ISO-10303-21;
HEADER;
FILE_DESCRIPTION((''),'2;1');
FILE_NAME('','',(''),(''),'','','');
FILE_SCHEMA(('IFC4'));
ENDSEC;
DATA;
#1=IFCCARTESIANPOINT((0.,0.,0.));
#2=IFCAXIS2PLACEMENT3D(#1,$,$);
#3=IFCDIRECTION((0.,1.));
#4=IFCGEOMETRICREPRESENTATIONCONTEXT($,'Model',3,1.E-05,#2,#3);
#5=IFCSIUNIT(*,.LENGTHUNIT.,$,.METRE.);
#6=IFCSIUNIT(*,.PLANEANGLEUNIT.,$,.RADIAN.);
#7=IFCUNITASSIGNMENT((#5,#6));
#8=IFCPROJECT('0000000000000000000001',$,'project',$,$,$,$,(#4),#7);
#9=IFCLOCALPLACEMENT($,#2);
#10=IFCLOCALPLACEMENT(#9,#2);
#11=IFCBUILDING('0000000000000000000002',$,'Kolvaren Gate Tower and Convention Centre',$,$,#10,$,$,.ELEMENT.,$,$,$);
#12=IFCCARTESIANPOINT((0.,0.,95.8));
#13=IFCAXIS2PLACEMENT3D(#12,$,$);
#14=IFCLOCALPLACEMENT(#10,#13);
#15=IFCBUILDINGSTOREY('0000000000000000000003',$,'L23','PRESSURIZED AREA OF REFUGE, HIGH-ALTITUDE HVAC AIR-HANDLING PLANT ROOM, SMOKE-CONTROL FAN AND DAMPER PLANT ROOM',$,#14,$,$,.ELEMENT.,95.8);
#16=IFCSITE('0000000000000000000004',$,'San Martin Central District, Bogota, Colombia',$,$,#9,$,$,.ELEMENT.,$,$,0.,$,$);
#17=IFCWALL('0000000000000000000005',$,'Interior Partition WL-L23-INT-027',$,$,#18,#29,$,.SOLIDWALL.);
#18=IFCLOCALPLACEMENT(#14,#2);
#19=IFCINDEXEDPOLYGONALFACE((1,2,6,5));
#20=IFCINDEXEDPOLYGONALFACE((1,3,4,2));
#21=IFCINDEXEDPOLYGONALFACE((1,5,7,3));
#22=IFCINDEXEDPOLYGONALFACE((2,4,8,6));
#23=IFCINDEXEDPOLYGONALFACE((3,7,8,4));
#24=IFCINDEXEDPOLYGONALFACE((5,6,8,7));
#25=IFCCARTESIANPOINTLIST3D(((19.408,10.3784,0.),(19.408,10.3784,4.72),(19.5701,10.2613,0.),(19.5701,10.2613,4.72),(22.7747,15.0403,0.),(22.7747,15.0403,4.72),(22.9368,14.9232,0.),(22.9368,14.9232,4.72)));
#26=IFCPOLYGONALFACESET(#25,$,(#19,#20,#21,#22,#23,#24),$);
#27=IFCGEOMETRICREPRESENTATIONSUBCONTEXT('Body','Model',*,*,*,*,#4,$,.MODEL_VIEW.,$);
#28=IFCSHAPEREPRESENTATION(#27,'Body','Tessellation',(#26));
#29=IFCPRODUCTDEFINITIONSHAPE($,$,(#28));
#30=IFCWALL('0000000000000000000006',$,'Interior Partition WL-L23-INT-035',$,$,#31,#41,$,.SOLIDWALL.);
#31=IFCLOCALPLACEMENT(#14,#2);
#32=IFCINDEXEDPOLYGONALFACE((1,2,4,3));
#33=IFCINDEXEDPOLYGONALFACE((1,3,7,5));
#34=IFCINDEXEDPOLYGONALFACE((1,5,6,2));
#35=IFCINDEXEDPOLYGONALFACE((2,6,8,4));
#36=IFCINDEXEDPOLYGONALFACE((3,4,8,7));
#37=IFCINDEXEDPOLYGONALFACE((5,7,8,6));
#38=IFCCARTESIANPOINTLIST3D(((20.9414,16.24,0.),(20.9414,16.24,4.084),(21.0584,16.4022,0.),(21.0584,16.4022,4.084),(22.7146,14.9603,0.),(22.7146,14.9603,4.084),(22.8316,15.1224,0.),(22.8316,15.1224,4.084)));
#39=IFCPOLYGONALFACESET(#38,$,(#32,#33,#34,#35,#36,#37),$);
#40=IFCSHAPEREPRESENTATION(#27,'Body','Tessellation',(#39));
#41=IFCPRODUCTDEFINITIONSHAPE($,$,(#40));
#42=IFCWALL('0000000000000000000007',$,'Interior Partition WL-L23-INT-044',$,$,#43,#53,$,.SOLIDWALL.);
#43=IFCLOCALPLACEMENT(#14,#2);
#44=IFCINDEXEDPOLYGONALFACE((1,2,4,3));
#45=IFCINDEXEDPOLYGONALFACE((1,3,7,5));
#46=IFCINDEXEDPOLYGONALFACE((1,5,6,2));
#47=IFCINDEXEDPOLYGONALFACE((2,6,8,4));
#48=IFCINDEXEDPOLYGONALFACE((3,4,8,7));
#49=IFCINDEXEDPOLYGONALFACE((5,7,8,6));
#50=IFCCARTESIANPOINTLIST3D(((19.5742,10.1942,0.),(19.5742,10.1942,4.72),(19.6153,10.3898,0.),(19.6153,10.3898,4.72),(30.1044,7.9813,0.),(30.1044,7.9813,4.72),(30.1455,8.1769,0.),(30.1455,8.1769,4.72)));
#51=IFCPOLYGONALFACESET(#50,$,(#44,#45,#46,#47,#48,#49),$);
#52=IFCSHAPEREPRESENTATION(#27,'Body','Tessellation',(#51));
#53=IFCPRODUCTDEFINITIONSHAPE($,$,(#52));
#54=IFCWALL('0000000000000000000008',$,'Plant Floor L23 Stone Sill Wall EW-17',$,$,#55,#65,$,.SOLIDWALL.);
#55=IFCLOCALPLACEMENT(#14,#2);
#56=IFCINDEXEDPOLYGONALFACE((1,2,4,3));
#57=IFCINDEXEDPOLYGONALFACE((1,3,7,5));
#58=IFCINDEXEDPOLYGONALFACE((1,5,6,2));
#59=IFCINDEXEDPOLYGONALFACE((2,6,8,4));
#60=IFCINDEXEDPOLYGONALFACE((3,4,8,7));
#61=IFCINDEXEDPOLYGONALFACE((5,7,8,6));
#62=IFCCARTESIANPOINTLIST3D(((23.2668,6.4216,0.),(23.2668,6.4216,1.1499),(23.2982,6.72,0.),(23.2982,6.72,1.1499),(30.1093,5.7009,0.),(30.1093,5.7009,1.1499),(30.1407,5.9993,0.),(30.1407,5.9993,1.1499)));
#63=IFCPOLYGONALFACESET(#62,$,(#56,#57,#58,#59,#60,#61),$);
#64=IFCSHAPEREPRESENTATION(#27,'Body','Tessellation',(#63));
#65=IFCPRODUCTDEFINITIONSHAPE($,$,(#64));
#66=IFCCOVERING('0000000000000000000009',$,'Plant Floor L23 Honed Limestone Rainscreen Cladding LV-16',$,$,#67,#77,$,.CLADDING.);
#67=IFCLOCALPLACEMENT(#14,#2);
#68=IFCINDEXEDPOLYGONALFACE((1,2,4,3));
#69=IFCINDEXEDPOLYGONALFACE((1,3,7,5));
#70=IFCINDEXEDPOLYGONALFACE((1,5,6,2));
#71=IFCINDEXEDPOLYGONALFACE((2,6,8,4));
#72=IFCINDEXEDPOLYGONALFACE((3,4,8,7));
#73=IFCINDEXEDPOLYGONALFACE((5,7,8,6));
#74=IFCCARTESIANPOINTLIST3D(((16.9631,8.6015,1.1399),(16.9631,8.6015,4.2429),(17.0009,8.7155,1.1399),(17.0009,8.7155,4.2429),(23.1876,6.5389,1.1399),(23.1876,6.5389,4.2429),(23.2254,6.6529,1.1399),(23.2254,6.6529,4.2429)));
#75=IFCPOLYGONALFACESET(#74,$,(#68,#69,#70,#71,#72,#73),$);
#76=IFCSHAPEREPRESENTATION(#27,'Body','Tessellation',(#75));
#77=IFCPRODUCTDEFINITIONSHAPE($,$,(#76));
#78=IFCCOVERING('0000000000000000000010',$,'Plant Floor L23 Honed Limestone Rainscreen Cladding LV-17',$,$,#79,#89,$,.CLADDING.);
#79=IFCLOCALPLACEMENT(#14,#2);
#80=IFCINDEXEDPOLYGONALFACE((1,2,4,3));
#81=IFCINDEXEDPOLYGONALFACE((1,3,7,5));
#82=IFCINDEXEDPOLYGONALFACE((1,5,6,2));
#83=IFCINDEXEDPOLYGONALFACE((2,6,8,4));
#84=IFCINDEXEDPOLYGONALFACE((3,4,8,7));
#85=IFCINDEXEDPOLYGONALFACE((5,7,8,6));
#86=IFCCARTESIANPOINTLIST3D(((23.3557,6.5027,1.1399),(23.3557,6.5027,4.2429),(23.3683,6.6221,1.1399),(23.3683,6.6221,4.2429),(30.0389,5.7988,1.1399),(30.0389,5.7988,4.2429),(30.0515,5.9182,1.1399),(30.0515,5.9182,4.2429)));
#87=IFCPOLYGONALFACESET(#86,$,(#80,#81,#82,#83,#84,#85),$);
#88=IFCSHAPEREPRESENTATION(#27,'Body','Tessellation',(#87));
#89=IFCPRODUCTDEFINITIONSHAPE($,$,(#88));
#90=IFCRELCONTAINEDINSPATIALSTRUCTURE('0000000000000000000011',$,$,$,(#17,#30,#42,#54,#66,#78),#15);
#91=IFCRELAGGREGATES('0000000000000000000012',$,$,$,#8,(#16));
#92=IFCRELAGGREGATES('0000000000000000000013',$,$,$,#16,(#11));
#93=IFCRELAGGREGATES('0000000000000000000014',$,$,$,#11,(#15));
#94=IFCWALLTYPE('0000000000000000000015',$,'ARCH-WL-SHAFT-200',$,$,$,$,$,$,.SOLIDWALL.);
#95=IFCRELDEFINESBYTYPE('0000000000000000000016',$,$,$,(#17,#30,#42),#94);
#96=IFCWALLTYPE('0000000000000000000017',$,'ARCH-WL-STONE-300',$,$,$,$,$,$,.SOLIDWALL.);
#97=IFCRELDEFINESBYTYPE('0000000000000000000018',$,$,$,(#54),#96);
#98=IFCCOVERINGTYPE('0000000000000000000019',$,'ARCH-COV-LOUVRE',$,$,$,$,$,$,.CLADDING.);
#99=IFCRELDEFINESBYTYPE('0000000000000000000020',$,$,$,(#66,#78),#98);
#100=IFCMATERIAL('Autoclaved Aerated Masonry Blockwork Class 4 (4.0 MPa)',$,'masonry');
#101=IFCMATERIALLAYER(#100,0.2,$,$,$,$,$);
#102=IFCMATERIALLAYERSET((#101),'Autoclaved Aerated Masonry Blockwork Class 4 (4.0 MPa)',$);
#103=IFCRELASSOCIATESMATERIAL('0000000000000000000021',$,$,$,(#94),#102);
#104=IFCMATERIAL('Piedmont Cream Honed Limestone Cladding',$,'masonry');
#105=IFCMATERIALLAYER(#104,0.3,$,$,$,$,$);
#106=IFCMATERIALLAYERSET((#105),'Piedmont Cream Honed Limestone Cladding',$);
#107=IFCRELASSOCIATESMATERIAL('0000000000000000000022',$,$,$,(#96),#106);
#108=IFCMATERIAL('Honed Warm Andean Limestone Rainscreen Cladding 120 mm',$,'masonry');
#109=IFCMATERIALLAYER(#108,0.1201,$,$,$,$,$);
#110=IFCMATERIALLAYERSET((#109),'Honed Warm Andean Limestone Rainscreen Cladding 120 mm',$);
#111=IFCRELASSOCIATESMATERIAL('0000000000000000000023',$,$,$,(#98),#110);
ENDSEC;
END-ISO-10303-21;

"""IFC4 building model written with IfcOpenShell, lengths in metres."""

from ifc_helpers import new_model, si_unit, direction, frame, frame_2d, origin, origin_2d, place, context, subcontext, project, spatial, rectangle, extrude, material, layer, layer_set, type_object, element, save


model = new_model("IFC4")

# Units and contexts
model_context = context("Model", 3, precision=1e-05, world=origin(), true_north=direction((0.0, 1.0)))
body_context = subcontext(model_context, "Body", "Model", "MODEL_VIEW")
ifc_project = project(units=[si_unit("LENGTHUNIT", "METRE"), si_unit("PLANEANGLEUNIT", "RADIAN")], contexts=[model_context])

# Site, building, storey
site_placement = place(None, origin())
site = spatial("IfcSite", under=ifc_project, at=site_placement, Name="San Martin Central District, Bogota, Colombia", CompositionType="ELEMENT", RefElevation=0.0)
building_placement = place(site_placement, origin())
building = spatial("IfcBuilding", under=site, at=building_placement, Name="Kolvaren Gate Tower and Convention Centre", CompositionType="ELEMENT")
storey_placement = place(building_placement, frame((0.0, 0.0, 95.8)))
storey = spatial("IfcBuildingStorey", under=building, at=storey_placement, Name="L23", Description="PRESSURIZED AREA OF REFUGE, HIGH-ALTITUDE HVAC AIR-HANDLING PLANT ROOM, SMOKE-CONTROL FAN AND DAMPER PLANT ROOM", CompositionType="ELEMENT", Elevation=95.8)

# Shared definitions
ifc_material_1 = material(Name="Autoclaved Aerated Masonry Blockwork Class 4 (4.0 MPa)", Category="masonry")
ifc_layer_1 = layer(ifc_material_1, 0.2)
ifc_layer_set_1 = layer_set([ifc_layer_1], Name="Autoclaved Aerated Masonry Blockwork Class 4 (4.0 MPa)")
wall_type_1 = type_object("IfcWallType", Name="ARCH-WL-SHAFT-200", PredefinedType="SOLIDWALL", material=ifc_layer_set_1)

# Walls
wall_1_placement = place(storey_placement, frame((19.489, 10.3198, 0.0), z_axis=(0.0, 0.0, 1.0), x_axis=(0.585467, 0.810696, 0.0)))
element("IfcWall", 1, at=wall_1_placement, inside=storey, type_object=wall_type_1, Name="Interior Partition WL-L23-INT-027", PredefinedType="SOLIDWALL", context=body_context, shape_type="SweptSolid", body=[
    extrude(rectangle(XDim=5.7505, YDim=0.2, at=frame_2d((2.8752, 0.0))), origin(), (0.0, 0.0, 1.0), 4.72),
])
wall_2_placement = place(storey_placement, frame((21.0, 16.321, 0.0), z_axis=(0.0, 0.0, 1.0), x_axis=(0.810865, -0.585234, 0.0)))
element("IfcWall", 2, at=wall_2_placement, inside=storey, type_object=wall_type_1, Name="Interior Partition WL-L23-INT-035", PredefinedType="SOLIDWALL", context=body_context, shape_type="SweptSolid", body=[
    extrude(rectangle(XDim=2.1868, YDim=0.2, at=frame_2d((1.0933, 0.0))), origin(), (0.0, 0.0, 1.0), 4.084),
])
wall_3_placement = place(storey_placement, frame((19.5947, 10.292, 0.0), z_axis=(0.0, 0.0, 1.0), x_axis=(0.978625, -0.205654, 0.0)))
element("IfcWall", 3, at=wall_3_placement, inside=storey, type_object=wall_type_1, Name="Interior Partition WL-L23-INT-044", PredefinedType="SOLIDWALL", context=body_context, shape_type="SweptSolid", body=[
    extrude(rectangle(XDim=10.7603, YDim=0.2, at=frame_2d((5.3801, 0.0))), origin(), (0.0, 0.0, 1.0), 4.72),
])
ifc_material_2 = material(Name="Piedmont Cream Honed Limestone Cladding", Category="masonry")
ifc_layer_2 = layer(ifc_material_2, 0.3)
ifc_layer_set_2 = layer_set([ifc_layer_2], Name="Piedmont Cream Honed Limestone Cladding")
wall_type_2 = type_object("IfcWallType", Name="ARCH-WL-STONE-300", PredefinedType="SOLIDWALL", material=ifc_layer_set_2)
wall_4_placement = place(storey_placement, frame((23.2825, 6.5708, 0.0), z_axis=(0.0, 0.0, 1.0), x_axis=(0.994499, -0.104748, 0.0)))
element("IfcWall", 4, at=wall_4_placement, inside=storey, type_object=wall_type_2, Name="Plant Floor L23 Stone Sill Wall EW-17", PredefinedType="SOLIDWALL", context=body_context, shape_type="SweptSolid", body=[
    extrude(rectangle(XDim=6.8804, YDim=0.3, at=frame_2d((3.4402, 0.0))), origin(), (0.0, 0.0, 1.0), 1.1499),
])

# Coverings
ifc_material_3 = material(Name="Honed Warm Andean Limestone Rainscreen Cladding 120 mm", Category="masonry")
ifc_layer_3 = layer(ifc_material_3, 0.1201)
ifc_layer_set_3 = layer_set([ifc_layer_3], Name="Honed Warm Andean Limestone Rainscreen Cladding 120 mm")
covering_type = type_object("IfcCoveringType", Name="ARCH-COV-LOUVRE", PredefinedType="CLADDING", material=ifc_layer_set_3)
covering_1_placement = place(storey_placement, frame((20.0942, 7.6272, 1.1399), z_axis=(0.0, 0.0, 1.0), x_axis=(0.949242, -0.314548, 0.0)))
element("IfcCovering", 5, at=covering_1_placement, inside=storey, type_object=covering_type, Name="Plant Floor L23 Honed Limestone Rainscreen Cladding LV-16", PredefinedType="CLADDING", context=body_context, shape_type="SweptSolid", body=[
    extrude(rectangle(XDim=6.5574, YDim=0.1201, at=origin_2d()), origin(), (0.0, 0.0, 1.0), 3.103),
])
covering_2_placement = place(storey_placement, frame((26.7036, 6.2104, 1.1399), z_axis=(0.0, 0.0, 1.0), x_axis=(0.994499, -0.104747, 0.0)))
element("IfcCovering", 6, at=covering_2_placement, inside=storey, type_object=covering_type, Name="Plant Floor L23 Honed Limestone Rainscreen Cladding LV-17", PredefinedType="CLADDING", context=body_context, shape_type="SweptSolid", body=[
    extrude(rectangle(XDim=6.7202, YDim=0.1201, at=origin_2d()), origin(), (0.0, 0.0, 1.0), 3.103),
])

save(model, "model.ifc")
